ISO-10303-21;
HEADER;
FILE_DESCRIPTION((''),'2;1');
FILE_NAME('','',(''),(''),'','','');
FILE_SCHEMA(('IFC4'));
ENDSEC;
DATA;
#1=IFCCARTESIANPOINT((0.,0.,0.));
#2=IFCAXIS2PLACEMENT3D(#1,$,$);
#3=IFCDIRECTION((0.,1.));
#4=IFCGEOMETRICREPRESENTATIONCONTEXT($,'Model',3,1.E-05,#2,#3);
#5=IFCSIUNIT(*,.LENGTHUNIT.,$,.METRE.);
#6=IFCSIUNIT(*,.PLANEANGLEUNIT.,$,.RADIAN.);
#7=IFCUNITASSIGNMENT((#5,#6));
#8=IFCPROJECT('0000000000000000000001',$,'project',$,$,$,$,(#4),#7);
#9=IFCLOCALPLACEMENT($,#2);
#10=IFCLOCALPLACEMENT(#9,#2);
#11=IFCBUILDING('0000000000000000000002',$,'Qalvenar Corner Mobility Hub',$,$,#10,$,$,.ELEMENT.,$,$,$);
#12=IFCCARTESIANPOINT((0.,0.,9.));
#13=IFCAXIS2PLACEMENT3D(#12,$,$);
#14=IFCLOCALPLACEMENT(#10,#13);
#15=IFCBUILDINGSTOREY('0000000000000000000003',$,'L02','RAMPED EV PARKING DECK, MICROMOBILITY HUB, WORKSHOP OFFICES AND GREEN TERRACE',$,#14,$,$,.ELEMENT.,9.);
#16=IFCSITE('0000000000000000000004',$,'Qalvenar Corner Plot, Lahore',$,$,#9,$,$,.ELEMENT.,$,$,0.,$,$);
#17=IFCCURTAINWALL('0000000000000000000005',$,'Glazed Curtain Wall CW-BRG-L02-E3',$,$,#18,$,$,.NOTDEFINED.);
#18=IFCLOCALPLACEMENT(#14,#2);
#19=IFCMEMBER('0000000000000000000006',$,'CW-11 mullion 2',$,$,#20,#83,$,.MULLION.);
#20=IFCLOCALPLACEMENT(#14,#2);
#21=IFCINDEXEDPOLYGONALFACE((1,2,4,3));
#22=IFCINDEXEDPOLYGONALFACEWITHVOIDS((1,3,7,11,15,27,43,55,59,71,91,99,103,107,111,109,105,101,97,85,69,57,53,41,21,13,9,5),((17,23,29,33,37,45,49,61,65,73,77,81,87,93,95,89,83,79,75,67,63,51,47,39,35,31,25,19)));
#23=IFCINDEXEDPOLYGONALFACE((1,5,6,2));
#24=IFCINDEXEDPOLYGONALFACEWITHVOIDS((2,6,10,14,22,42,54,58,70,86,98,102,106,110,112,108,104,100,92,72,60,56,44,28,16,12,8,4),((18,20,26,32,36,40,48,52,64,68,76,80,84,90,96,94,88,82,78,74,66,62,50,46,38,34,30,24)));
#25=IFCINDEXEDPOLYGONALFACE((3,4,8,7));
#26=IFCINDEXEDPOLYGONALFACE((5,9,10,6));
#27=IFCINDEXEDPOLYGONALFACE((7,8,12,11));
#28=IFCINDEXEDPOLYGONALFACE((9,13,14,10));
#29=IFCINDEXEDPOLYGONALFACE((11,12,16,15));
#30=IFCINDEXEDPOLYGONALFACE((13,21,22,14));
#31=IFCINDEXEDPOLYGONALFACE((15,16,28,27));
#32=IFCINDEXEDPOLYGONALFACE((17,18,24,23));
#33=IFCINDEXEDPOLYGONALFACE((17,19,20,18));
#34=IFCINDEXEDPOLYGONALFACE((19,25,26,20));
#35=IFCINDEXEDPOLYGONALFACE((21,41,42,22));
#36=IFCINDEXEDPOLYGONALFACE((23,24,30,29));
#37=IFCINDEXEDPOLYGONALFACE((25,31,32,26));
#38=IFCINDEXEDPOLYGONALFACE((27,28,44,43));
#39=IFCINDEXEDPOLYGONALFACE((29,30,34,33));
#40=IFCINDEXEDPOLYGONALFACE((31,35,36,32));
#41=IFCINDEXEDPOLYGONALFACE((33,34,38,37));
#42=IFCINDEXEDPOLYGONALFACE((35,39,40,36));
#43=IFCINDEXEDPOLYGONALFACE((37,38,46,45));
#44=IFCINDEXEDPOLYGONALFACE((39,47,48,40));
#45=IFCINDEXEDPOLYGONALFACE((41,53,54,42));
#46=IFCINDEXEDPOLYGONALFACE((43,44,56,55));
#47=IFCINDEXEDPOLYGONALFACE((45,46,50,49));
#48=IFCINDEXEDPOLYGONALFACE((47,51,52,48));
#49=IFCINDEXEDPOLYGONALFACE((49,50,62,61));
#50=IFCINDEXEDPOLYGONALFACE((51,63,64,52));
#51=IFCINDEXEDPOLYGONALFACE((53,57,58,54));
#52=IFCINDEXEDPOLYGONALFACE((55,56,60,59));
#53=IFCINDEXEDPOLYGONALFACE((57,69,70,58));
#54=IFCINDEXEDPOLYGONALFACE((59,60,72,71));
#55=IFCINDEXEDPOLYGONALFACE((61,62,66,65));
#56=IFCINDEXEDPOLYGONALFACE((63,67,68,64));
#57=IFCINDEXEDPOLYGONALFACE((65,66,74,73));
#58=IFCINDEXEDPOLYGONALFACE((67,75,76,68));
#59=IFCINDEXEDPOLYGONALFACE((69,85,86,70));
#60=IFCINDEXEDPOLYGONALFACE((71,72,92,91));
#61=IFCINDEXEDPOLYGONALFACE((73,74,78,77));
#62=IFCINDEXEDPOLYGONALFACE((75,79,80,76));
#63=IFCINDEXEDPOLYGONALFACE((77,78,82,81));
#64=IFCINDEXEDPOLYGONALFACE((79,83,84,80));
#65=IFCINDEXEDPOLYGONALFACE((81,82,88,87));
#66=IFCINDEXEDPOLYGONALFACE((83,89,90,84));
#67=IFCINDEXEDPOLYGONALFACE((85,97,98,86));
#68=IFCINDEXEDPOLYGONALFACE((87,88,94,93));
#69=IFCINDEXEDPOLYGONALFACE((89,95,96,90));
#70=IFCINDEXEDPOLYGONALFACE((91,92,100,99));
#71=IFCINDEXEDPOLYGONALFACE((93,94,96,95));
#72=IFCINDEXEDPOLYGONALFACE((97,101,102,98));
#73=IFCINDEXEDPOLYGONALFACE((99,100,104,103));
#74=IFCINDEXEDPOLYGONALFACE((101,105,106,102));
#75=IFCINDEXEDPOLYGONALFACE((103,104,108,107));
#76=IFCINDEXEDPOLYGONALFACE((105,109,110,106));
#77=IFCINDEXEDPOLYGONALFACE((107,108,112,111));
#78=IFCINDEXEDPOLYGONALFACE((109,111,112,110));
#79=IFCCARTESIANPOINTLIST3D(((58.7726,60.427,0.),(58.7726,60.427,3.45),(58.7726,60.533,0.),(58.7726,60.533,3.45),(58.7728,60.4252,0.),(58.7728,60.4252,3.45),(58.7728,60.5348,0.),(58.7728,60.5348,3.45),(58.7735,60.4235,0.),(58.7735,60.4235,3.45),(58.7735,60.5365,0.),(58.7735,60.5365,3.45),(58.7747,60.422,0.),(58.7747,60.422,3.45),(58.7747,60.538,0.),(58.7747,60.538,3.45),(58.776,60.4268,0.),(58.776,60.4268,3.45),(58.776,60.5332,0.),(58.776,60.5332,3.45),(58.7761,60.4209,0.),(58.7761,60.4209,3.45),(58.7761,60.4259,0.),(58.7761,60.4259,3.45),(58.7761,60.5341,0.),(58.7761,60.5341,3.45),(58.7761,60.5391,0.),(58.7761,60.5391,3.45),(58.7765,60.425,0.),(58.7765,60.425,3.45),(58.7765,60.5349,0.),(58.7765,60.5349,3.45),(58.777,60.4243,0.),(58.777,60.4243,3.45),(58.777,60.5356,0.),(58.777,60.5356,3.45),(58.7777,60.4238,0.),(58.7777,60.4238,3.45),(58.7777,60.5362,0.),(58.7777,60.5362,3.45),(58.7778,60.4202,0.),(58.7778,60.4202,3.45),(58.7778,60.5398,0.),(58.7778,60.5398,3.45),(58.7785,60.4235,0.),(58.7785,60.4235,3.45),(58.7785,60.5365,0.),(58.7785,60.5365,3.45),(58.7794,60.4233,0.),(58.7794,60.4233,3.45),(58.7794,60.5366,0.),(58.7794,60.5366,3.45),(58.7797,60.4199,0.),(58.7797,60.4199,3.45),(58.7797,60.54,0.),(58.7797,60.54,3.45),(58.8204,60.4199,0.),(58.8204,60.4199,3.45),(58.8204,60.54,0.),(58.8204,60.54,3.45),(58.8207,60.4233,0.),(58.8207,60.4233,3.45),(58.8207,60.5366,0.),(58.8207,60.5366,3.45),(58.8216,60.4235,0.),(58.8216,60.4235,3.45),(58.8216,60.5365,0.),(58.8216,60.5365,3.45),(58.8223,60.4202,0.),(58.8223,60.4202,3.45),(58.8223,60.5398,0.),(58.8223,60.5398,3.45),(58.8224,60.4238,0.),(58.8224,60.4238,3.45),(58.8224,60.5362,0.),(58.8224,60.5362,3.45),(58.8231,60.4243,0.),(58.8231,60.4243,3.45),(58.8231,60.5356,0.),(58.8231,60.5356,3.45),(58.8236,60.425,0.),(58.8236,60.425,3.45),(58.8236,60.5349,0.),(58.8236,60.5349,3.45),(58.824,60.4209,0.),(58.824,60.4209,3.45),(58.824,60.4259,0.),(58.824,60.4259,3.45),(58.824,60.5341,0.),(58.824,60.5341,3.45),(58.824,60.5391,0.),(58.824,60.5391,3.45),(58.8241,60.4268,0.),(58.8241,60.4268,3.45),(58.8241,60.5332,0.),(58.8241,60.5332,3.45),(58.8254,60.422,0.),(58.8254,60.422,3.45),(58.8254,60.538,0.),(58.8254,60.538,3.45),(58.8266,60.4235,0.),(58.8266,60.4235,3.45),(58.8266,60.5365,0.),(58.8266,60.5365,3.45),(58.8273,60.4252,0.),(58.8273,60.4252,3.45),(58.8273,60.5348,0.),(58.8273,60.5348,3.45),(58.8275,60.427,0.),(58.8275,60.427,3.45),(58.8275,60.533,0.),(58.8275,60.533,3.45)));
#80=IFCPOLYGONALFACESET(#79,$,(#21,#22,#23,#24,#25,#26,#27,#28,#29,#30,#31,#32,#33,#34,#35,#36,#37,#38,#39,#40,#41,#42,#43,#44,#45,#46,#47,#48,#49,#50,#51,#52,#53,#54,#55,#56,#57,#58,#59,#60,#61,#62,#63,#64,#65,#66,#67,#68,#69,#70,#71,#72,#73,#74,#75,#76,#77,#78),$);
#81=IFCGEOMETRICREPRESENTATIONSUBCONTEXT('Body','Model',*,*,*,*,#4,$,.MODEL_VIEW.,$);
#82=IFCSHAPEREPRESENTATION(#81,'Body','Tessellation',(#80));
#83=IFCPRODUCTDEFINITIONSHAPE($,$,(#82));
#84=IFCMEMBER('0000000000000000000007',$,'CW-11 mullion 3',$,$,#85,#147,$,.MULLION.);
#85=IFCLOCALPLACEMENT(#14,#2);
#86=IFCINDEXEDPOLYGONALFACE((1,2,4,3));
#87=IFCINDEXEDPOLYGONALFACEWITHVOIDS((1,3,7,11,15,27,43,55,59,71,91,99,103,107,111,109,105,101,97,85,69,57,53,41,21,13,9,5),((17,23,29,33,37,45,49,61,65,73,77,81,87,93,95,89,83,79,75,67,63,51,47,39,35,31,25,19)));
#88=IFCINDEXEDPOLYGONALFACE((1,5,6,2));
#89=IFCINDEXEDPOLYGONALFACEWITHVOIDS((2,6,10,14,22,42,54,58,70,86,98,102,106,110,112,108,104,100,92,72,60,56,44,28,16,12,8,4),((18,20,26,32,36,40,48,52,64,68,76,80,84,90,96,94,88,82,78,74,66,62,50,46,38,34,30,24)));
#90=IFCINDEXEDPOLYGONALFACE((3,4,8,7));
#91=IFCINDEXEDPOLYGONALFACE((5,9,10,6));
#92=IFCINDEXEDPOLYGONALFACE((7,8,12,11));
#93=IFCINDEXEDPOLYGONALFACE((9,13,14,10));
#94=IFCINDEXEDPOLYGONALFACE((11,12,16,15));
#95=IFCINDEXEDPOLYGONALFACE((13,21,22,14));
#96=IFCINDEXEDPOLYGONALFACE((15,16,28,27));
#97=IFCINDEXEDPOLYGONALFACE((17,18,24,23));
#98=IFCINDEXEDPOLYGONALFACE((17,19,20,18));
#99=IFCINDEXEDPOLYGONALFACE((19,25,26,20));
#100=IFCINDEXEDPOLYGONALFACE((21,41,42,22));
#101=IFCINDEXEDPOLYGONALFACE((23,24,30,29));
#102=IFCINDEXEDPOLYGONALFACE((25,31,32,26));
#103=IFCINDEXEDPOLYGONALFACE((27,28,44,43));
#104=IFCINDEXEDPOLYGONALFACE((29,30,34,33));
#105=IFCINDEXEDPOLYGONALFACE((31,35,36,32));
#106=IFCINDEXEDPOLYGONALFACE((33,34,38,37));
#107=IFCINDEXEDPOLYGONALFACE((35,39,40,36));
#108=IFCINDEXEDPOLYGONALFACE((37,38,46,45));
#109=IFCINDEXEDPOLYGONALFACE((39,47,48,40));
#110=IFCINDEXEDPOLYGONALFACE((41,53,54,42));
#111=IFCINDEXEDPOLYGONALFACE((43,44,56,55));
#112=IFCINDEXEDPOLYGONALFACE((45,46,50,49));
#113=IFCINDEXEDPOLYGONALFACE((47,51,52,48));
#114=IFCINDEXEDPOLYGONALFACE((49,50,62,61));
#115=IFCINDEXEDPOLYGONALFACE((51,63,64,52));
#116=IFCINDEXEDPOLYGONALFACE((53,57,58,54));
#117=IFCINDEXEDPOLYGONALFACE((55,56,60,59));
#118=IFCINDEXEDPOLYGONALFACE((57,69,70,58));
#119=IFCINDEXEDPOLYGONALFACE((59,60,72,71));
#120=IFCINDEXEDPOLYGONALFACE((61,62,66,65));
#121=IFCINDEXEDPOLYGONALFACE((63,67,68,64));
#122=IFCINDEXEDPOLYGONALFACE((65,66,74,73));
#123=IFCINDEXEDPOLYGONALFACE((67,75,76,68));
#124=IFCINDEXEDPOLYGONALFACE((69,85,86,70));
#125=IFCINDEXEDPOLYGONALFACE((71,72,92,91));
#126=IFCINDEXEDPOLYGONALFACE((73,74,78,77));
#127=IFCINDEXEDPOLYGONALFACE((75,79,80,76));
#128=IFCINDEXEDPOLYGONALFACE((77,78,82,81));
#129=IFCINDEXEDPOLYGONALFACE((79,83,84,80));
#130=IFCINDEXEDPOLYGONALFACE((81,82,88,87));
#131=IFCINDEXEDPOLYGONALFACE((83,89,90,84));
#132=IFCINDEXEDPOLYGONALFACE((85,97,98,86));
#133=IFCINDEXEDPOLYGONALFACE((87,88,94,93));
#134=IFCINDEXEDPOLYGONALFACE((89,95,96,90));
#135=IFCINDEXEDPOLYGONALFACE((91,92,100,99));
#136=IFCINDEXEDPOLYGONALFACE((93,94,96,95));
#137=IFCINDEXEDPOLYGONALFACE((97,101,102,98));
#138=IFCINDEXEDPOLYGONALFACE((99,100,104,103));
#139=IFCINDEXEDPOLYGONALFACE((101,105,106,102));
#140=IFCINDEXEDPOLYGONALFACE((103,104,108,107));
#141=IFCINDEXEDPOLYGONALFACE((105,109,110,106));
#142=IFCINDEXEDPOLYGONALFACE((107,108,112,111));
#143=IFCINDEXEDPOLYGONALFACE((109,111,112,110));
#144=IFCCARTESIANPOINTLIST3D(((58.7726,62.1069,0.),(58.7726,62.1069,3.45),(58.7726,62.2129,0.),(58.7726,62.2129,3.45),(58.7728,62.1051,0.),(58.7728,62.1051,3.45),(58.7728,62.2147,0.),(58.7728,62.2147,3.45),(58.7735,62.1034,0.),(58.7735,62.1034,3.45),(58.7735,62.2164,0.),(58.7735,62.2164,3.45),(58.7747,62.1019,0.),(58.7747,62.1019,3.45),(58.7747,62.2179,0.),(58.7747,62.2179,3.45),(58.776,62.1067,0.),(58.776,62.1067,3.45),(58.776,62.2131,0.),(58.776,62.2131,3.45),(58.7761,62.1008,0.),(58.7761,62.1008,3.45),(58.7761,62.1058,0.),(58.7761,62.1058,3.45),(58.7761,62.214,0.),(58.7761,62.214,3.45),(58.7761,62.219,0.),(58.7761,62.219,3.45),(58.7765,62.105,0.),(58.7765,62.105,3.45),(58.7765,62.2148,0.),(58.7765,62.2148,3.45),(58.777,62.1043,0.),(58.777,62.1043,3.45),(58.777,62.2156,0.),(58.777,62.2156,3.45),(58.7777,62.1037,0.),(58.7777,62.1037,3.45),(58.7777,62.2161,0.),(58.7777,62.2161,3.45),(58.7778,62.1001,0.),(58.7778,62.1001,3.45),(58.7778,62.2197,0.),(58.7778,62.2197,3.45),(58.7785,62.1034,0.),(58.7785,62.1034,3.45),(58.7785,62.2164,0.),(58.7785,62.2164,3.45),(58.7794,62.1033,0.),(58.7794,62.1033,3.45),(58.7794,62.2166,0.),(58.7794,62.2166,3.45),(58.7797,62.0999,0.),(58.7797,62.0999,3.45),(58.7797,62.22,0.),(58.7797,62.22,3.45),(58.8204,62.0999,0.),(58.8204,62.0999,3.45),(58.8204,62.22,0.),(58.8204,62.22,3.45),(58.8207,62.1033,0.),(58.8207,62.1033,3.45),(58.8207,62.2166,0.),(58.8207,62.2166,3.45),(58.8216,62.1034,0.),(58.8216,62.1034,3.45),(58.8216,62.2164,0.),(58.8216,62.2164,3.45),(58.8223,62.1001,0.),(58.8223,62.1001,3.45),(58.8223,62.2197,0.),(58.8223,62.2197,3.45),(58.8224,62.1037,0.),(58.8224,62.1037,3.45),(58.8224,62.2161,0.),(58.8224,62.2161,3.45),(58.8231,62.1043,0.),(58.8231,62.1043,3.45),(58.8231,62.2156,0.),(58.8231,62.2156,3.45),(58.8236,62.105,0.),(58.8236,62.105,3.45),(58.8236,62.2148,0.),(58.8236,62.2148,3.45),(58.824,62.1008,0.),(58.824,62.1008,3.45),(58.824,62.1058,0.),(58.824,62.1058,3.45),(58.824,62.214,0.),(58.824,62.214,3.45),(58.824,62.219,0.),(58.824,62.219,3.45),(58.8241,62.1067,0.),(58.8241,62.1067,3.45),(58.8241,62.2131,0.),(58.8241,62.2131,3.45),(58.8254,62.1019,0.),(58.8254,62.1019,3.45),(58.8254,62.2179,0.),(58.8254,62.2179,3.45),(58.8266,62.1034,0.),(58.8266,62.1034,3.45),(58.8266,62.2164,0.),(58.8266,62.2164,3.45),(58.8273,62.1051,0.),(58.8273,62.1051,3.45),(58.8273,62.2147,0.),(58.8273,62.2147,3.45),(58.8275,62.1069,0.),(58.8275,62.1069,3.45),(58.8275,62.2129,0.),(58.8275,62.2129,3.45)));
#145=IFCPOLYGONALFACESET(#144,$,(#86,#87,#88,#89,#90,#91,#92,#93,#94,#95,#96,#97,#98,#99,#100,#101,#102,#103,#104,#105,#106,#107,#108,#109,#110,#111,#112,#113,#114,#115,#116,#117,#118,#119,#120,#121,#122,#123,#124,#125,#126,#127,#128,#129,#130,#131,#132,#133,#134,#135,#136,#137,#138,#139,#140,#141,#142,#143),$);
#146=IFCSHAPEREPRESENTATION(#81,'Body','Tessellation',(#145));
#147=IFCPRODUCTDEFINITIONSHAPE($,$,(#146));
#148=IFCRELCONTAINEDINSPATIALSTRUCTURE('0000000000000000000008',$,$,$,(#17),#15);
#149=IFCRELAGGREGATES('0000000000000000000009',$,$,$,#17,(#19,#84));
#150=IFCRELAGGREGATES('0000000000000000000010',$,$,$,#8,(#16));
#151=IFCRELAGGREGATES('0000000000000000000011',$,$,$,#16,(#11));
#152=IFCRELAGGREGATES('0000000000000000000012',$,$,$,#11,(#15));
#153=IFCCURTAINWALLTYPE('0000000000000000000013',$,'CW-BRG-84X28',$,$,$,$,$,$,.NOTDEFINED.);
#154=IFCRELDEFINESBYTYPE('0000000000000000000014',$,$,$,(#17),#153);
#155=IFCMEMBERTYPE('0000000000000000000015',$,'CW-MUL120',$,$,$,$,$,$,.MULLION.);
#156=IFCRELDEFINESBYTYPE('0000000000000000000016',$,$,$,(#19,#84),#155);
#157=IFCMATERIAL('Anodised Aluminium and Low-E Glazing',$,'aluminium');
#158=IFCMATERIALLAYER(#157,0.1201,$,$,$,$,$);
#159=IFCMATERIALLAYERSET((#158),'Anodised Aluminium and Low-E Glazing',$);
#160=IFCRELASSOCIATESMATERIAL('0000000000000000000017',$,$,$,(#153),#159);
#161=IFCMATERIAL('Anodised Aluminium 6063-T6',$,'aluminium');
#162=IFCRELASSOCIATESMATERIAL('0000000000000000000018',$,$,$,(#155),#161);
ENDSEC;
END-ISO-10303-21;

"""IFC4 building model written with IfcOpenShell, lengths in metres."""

from ifc_helpers import new_model, si_unit, direction, frame, origin, origin_2d, place, context, subcontext, project, spatial, hollow_rectangle, extrude, material, layer, layer_set, material_profile, profile_set, type_object, element, aggregate, save


model = new_model("IFC4")

# Units and contexts
model_context = context("Model", 3, precision=1e-05, world=origin(), true_north=direction((0.0, 1.0)))
body_context = subcontext(model_context, "Body", "Model", "MODEL_VIEW")
ifc_project = project(units=[si_unit("LENGTHUNIT", "METRE"), si_unit("PLANEANGLEUNIT", "RADIAN")], contexts=[model_context])

# Site, building, storey
site_placement = place(None, origin())
site = spatial("IfcSite", under=ifc_project, at=site_placement, Name="Qalvenar Corner Plot, Lahore", CompositionType="ELEMENT", RefElevation=0.0)
building_placement = place(site_placement, origin())
building = spatial("IfcBuilding", under=site, at=building_placement, Name="Qalvenar Corner Mobility Hub", CompositionType="ELEMENT")
storey_placement = place(building_placement, frame((0.0, 0.0, 9.0)))
storey = spatial("IfcBuildingStorey", under=building, at=storey_placement, Name="L02", Description="RAMPED EV PARKING DECK, MICROMOBILITY HUB, WORKSHOP OFFICES AND GREEN TERRACE", CompositionType="ELEMENT", Elevation=9.0)

# Curtain wall, members
ifc_material_1 = material(Name="Anodised Aluminium and Low-E Glazing", Category="aluminium")
ifc_layer_1 = layer(ifc_material_1, 0.1201)
ifc_layer_set_1 = layer_set([ifc_layer_1], Name="Anodised Aluminium and Low-E Glazing")
curtain_wall_type = type_object("IfcCurtainWallType", Name="CW-BRG-84X28", PredefinedType="NOTDEFINED", material=ifc_layer_set_1)
curtain_wall_placement = place(storey_placement, origin())
curtain_wall = element("IfcCurtainWall", 1, at=curtain_wall_placement, inside=storey, type_object=curtain_wall_type, Name="Glazed Curtain Wall CW-BRG-L02-E3", PredefinedType="NOTDEFINED")
ifc_material_2 = material(Name="Anodised Aluminium 6063-T6", Category="aluminium")
ifc_material_profile_1 = material_profile(ifc_material_2, hollow_rectangle(XDim=0.0549, YDim=0.1201, WallThickness=0.0034, InnerFilletRadius=0.0034, OuterFilletRadius=0.0071, at=origin_2d()), Name="RHS120x55x3.5")
ifc_profile_set_1 = profile_set([ifc_material_profile_1], Name="Anodised Aluminium 6063-T6")
member_type_1 = type_object("IfcMemberType", Name="CW-MUL120", PredefinedType="MULLION", material=ifc_profile_set_1)
member_1_placement = place(storey_placement, frame((58.8, 60.48, 0.0), z_axis=(0.0, 0.0, 1.0), x_axis=(-1.0, 0.0, 0.0)))
member_1 = element("IfcMember", 2, at=member_1_placement, type_object=member_type_1, Name="CW-11 mullion 2", PredefinedType="MULLION", context=body_context, shape_type="SweptSolid", body=[
    extrude(hollow_rectangle(XDim=0.0549, YDim=0.1201, WallThickness=0.0034, InnerFilletRadius=0.0034, OuterFilletRadius=0.0071, at=origin_2d()), origin(), (0.0, 0.0, 1.0), 3.45),
])
member_2_placement = place(storey_placement, frame((58.8, 62.1599, 0.0), z_axis=(0.0, 0.0, 1.0), x_axis=(-1.0, 0.0, 0.0)))
member_2 = element("IfcMember", 3, at=member_2_placement, type_object=member_type_1, Name="CW-11 mullion 3", PredefinedType="MULLION", context=body_context, shape_type="SweptSolid", body=[
    extrude(hollow_rectangle(XDim=0.0549, YDim=0.1201, WallThickness=0.0034, InnerFilletRadius=0.0034, OuterFilletRadius=0.0071, at=origin_2d()), origin(), (0.0, 0.0, 1.0), 3.45),
])

aggregate(curtain_wall, [member_1, member_2])

save(model, "model.ifc")
